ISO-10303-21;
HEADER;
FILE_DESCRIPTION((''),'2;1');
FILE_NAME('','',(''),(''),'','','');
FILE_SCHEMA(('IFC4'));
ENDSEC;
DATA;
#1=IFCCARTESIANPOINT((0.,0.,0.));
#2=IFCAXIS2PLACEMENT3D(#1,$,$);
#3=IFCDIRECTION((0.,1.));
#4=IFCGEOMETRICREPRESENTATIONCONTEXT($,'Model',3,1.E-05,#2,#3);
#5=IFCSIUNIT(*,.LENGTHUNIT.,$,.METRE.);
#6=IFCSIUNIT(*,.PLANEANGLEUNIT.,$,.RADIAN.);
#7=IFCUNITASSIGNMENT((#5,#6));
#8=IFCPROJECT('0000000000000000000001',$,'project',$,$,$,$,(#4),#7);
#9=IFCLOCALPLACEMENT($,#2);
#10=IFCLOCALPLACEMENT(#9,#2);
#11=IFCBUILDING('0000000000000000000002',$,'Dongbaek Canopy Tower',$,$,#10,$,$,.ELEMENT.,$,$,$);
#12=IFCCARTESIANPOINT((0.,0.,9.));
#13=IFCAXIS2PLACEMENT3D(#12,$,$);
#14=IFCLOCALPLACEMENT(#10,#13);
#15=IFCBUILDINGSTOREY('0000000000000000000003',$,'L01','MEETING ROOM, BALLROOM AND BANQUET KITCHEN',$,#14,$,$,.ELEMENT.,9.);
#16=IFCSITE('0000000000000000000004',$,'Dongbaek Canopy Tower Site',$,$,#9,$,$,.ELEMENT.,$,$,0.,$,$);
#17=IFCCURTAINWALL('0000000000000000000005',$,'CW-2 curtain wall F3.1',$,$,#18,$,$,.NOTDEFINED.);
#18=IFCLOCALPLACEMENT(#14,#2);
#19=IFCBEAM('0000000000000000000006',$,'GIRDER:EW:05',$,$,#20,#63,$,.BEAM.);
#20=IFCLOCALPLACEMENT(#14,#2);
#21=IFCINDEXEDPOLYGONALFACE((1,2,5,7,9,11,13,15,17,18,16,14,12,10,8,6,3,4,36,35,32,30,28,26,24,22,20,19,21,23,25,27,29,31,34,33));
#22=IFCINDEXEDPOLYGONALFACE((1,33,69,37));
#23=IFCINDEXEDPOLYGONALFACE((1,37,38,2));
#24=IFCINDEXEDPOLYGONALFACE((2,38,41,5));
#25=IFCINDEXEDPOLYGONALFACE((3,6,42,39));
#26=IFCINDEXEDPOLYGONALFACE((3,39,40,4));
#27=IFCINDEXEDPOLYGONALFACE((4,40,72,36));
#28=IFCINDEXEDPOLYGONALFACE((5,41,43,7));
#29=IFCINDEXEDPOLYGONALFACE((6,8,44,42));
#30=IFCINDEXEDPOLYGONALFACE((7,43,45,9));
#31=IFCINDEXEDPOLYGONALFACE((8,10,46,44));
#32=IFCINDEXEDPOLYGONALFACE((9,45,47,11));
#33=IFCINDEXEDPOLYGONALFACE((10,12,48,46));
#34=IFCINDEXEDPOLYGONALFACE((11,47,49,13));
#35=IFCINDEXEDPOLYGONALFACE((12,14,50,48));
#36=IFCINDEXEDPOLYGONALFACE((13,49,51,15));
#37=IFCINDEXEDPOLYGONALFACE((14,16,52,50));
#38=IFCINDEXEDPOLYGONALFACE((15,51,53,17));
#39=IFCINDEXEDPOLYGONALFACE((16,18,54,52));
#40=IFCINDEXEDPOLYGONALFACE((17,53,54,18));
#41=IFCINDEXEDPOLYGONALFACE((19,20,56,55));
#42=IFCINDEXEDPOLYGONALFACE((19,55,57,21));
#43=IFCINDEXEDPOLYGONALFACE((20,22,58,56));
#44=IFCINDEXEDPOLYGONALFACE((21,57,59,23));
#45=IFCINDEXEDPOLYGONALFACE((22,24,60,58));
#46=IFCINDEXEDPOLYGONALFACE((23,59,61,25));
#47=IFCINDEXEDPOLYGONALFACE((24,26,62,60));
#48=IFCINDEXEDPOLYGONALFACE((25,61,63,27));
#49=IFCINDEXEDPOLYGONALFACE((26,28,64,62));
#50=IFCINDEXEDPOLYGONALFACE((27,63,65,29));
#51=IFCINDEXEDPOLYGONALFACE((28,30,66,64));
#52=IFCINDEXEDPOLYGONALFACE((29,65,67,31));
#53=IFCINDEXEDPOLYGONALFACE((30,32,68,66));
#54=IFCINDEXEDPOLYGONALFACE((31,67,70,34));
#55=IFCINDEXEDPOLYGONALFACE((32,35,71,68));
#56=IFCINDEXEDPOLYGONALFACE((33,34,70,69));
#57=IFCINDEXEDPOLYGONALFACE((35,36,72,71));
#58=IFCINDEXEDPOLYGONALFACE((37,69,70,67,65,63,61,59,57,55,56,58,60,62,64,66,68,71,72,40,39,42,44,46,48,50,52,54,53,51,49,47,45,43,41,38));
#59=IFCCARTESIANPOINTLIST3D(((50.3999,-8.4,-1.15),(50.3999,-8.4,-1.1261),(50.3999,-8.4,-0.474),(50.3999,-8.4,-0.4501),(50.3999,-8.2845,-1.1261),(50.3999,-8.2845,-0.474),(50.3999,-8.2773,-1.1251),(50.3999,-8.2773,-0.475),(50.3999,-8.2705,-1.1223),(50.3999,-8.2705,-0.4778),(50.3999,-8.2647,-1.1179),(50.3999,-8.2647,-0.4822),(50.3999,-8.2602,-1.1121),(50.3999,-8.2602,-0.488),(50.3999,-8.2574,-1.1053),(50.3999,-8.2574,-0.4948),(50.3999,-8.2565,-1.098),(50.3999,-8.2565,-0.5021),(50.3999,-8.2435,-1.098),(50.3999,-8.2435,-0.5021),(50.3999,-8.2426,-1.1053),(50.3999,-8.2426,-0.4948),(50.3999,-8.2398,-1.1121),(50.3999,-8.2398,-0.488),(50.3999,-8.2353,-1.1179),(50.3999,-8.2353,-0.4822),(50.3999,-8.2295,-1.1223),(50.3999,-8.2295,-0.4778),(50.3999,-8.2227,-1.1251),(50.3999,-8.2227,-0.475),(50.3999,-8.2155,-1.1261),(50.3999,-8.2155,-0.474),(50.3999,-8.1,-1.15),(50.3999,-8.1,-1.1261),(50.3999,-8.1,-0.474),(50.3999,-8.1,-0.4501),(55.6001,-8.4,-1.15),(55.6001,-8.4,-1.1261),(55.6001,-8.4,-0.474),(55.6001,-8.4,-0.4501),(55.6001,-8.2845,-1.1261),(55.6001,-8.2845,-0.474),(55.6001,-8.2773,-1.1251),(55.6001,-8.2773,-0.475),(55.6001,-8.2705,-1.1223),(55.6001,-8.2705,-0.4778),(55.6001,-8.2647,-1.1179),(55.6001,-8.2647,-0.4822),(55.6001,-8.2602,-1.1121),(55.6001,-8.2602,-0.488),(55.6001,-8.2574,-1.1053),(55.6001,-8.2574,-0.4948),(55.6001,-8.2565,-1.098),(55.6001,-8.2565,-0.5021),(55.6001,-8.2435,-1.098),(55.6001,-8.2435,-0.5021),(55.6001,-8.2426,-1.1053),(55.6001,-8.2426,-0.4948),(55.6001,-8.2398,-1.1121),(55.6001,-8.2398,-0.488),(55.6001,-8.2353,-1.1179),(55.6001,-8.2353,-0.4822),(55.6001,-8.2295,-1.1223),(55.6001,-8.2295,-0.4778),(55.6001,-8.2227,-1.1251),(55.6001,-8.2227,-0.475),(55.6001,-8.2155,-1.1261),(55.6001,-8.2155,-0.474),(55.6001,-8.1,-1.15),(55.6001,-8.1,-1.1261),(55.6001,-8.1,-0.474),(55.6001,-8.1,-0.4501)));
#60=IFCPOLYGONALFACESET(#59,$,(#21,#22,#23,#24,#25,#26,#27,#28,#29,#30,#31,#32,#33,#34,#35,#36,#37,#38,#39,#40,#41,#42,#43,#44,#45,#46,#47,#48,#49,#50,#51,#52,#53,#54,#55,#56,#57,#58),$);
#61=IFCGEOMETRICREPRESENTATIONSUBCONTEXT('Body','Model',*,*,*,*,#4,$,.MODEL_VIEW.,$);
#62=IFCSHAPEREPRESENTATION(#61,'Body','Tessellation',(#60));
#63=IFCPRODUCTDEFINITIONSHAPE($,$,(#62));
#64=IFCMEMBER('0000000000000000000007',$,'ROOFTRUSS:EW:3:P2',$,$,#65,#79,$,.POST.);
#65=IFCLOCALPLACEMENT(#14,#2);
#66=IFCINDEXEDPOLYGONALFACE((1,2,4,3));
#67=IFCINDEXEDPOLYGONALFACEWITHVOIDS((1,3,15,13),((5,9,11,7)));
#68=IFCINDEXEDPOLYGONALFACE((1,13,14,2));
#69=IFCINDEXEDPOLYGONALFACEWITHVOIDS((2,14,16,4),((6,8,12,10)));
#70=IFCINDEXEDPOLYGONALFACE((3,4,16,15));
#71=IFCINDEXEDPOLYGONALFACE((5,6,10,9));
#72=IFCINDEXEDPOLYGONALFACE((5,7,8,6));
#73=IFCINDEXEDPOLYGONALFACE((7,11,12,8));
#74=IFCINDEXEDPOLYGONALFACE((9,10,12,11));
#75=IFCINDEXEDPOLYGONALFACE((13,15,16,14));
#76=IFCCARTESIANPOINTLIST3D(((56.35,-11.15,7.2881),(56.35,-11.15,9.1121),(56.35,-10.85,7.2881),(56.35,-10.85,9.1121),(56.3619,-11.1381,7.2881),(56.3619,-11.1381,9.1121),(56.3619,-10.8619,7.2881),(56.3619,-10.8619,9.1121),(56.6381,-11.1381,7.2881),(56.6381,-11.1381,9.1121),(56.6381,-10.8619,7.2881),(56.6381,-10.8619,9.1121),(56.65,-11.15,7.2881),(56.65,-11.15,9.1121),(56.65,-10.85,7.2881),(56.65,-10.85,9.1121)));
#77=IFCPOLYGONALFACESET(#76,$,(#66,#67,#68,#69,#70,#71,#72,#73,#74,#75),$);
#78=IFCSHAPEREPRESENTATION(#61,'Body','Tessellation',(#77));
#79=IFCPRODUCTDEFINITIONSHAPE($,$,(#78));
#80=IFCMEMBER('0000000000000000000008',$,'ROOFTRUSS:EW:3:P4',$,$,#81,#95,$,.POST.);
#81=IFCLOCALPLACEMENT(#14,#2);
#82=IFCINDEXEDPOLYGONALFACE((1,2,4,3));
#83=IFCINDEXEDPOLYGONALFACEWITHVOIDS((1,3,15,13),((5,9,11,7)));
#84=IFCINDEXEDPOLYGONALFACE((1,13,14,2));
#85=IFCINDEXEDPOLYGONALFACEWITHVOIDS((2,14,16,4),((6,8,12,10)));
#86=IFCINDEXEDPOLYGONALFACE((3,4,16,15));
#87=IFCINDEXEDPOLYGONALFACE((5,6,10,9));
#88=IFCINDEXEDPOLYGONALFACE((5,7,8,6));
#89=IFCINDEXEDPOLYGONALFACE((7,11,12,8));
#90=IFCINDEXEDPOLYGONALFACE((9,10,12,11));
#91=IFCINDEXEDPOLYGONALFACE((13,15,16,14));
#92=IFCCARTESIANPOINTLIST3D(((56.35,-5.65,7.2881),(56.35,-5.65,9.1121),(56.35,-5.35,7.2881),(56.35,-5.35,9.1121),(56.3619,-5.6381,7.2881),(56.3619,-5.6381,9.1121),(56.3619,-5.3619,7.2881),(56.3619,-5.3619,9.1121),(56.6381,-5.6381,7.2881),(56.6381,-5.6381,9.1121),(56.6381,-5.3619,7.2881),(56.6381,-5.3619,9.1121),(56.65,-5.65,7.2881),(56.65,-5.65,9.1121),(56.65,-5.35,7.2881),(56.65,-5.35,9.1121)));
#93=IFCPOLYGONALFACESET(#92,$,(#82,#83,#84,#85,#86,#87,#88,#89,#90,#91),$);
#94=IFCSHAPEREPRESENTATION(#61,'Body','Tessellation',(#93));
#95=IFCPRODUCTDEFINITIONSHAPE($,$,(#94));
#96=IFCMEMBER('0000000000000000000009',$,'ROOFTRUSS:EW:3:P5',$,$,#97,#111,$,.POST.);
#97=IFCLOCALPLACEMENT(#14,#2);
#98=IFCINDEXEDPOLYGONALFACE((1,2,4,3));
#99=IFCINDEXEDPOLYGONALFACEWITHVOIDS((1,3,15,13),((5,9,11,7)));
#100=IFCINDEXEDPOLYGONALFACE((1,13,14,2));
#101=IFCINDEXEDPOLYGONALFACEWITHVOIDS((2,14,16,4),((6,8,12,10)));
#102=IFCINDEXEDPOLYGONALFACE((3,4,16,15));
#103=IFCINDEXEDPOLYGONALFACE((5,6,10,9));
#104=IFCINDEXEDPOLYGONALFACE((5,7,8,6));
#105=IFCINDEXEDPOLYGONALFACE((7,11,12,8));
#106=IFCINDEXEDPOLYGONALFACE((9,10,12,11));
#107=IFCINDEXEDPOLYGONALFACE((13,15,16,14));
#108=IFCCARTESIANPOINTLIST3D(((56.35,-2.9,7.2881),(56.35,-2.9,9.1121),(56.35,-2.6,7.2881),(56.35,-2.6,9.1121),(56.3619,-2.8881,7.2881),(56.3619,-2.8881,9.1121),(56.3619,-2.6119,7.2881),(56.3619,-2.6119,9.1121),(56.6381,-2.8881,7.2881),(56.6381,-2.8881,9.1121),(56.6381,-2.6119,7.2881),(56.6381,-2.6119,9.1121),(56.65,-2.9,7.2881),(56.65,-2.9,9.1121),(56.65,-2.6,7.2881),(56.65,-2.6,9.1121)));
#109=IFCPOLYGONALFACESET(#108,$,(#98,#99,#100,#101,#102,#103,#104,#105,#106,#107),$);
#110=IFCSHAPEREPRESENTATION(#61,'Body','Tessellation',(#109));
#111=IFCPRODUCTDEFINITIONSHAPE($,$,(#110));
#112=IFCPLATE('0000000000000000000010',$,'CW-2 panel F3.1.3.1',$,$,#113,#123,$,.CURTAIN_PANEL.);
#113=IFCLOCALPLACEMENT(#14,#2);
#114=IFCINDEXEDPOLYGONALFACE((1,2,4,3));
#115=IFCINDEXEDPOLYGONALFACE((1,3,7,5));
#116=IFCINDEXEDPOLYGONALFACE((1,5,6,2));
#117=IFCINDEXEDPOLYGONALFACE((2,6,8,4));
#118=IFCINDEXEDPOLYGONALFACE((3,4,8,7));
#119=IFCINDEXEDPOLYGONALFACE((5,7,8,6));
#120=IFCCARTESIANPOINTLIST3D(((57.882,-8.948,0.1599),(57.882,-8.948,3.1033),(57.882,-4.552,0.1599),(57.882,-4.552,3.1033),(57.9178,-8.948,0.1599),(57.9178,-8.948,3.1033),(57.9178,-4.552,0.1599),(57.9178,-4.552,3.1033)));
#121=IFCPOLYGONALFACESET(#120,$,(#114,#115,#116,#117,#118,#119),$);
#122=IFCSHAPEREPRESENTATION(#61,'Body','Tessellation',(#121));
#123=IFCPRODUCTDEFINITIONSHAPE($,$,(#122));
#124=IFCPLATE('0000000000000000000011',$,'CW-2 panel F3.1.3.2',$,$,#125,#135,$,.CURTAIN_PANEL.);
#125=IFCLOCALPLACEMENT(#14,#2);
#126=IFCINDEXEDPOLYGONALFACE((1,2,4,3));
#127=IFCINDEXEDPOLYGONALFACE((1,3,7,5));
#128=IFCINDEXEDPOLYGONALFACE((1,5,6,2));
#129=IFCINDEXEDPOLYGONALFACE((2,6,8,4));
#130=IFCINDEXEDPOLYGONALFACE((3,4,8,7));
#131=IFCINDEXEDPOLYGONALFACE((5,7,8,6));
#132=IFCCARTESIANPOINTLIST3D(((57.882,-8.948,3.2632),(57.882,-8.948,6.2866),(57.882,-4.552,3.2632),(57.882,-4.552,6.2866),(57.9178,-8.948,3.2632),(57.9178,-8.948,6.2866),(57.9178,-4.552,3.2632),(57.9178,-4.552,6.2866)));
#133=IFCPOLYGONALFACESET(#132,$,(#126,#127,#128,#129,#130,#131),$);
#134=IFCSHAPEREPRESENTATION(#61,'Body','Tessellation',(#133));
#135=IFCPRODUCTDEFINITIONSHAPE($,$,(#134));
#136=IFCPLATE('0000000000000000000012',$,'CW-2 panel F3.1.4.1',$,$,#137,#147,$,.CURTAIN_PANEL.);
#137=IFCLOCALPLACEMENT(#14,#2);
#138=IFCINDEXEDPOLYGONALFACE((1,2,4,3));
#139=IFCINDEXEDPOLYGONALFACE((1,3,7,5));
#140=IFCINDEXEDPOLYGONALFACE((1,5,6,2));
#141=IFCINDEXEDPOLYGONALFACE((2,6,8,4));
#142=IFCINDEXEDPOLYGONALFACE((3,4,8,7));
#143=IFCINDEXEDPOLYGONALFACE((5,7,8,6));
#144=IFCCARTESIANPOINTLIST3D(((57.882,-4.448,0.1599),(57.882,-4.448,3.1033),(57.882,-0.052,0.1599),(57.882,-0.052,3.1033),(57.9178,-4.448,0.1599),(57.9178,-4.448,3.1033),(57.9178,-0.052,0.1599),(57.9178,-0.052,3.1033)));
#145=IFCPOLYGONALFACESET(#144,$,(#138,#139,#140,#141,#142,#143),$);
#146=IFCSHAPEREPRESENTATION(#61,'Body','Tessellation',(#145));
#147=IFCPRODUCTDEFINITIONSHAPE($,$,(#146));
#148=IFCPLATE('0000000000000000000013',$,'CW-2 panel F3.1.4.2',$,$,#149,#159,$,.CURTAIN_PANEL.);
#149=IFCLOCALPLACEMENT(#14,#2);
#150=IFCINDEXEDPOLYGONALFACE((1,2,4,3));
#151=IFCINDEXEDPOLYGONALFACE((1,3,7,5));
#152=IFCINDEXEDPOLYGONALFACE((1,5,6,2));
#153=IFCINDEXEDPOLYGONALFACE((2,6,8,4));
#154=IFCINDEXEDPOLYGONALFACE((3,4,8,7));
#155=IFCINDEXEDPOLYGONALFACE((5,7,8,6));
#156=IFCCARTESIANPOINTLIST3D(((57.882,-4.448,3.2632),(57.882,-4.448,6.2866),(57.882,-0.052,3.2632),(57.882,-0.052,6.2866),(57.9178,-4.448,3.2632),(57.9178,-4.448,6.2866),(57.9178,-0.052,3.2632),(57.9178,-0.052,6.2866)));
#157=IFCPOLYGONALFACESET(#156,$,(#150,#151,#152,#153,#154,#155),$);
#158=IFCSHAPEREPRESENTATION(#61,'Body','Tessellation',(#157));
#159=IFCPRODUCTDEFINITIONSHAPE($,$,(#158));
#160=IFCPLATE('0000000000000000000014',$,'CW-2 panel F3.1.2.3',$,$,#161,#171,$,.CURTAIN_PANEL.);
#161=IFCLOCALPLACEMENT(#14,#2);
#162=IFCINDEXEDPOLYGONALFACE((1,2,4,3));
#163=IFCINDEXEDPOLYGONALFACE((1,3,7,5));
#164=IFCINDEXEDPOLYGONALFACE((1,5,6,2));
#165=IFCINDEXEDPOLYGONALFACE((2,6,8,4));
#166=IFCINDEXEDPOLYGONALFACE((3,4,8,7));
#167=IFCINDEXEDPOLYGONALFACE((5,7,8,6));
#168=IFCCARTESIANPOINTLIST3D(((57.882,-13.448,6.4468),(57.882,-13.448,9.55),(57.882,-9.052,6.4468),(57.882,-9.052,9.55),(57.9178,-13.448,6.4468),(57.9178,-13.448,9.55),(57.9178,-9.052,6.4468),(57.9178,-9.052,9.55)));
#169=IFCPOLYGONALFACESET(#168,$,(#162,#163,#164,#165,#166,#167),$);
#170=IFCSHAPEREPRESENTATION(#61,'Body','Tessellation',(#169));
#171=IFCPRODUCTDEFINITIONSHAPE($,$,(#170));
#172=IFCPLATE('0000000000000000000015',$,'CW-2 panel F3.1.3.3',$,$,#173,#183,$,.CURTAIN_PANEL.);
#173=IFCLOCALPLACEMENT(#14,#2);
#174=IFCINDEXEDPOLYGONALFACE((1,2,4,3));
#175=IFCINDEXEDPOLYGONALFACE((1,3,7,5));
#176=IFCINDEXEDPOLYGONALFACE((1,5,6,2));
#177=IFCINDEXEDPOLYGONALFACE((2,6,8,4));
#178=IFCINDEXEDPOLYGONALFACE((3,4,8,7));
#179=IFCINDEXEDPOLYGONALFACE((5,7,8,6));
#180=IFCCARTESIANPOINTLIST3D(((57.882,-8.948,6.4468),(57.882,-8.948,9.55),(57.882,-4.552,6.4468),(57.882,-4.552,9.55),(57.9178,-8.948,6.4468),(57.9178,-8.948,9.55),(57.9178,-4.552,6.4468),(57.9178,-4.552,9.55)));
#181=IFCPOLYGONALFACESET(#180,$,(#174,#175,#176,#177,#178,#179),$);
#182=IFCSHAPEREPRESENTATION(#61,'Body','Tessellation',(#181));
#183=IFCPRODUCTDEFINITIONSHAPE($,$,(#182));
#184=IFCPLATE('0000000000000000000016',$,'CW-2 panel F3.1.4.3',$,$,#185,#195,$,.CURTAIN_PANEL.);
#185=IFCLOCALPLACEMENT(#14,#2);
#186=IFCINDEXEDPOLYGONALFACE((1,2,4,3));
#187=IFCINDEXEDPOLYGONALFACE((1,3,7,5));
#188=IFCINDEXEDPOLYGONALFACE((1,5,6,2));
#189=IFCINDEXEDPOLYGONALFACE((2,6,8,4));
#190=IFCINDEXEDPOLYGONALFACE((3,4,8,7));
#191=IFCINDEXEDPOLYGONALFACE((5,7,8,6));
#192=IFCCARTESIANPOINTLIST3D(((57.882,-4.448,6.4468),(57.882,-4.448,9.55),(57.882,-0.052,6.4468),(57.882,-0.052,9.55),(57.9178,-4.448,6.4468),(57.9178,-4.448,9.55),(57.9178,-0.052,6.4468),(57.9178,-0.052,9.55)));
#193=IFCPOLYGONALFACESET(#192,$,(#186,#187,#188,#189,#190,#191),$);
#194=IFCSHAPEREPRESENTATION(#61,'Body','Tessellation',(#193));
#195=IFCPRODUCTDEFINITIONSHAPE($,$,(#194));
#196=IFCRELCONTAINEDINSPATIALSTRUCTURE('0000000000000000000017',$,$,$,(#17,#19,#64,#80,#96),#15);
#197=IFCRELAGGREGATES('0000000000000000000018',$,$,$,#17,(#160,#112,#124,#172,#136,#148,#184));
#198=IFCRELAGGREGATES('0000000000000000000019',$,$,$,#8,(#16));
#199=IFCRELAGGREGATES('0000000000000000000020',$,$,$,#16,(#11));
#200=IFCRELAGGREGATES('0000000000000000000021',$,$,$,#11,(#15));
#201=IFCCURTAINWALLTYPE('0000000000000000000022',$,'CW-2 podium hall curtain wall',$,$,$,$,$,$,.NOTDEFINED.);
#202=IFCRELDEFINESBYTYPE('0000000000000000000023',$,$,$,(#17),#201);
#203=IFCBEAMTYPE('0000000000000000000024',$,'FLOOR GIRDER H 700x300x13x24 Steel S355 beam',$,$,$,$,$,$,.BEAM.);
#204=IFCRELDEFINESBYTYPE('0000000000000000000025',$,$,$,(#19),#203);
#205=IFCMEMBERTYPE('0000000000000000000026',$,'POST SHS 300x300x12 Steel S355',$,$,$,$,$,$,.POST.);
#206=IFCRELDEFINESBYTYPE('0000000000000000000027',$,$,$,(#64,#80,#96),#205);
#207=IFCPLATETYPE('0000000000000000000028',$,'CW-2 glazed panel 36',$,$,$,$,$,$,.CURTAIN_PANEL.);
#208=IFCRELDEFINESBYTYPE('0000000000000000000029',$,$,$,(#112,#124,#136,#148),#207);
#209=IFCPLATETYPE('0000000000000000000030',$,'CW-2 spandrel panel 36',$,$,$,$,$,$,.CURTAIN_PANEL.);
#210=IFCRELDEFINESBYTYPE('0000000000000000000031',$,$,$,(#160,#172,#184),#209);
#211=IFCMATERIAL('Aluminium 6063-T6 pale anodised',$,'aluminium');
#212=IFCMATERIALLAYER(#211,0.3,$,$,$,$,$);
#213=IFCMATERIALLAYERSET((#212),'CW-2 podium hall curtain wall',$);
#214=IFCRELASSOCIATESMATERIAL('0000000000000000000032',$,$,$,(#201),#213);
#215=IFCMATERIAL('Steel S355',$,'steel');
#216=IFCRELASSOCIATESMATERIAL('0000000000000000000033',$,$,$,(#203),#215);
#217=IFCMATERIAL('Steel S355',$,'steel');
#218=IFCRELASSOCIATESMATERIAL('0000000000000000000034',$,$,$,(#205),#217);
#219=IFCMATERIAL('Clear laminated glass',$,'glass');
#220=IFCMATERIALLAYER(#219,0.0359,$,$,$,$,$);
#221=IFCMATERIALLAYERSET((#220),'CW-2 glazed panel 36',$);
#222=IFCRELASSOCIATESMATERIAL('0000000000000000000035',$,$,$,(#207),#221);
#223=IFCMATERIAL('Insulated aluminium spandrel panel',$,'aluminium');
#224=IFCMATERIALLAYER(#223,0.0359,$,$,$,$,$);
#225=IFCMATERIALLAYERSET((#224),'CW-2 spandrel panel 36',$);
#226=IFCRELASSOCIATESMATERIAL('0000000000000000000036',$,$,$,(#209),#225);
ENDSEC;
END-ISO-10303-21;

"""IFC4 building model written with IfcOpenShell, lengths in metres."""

from ifc_helpers import new_model, si_unit, direction, frame, origin, origin_2d, place, context, subcontext, project, spatial, rectangle, hollow_rectangle, i_section, extrude, material, layer, layer_set, material_profile, profile_set, type_object, element, aggregate, save


model = new_model("IFC4")

# Units and contexts
model_context = context("Model", 3, precision=1e-05, world=origin(), true_north=direction((0.0, 1.0)))
body_context = subcontext(model_context, "Body", "Model", "MODEL_VIEW")
ifc_project = project(units=[si_unit("LENGTHUNIT", "METRE"), si_unit("PLANEANGLEUNIT", "RADIAN")], contexts=[model_context])

# Site, building, storey
site_placement = place(None, origin())
site = spatial("IfcSite", under=ifc_project, at=site_placement, Name="Dongbaek Canopy Tower Site", CompositionType="ELEMENT", RefElevation=0.0)
building_placement = place(site_placement, origin())
building = spatial("IfcBuilding", under=site, at=building_placement, Name="Dongbaek Canopy Tower", CompositionType="ELEMENT")
storey_placement = place(building_placement, frame((0.0, 0.0, 9.0)))
storey = spatial("IfcBuildingStorey", under=building, at=storey_placement, Name="L01", Description="MEETING ROOM, BALLROOM AND BANQUET KITCHEN", CompositionType="ELEMENT", Elevation=9.0)

# Curtain wall
ifc_material_1 = material(Name="Aluminium 6063-T6 pale anodised", Category="aluminium")
ifc_layer_1 = layer(ifc_material_1, 0.3)
ifc_layer_set_1 = layer_set([ifc_layer_1], Name="CW-2 podium hall curtain wall")
curtain_wall_type = type_object("IfcCurtainWallType", Name="CW-2 podium hall curtain wall", PredefinedType="NOTDEFINED", material=ifc_layer_set_1)
curtain_wall_placement = place(storey_placement, origin())
curtain_wall = element("IfcCurtainWall", 1, at=curtain_wall_placement, inside=storey, type_object=curtain_wall_type, Name="CW-2 curtain wall F3.1", PredefinedType="NOTDEFINED")

# Beam
ifc_material_2 = material(Name="Steel S355", Category="steel")
ifc_material_profile_1 = material_profile(ifc_material_2, i_section(OverallWidth=0.3, OverallDepth=0.7, WebThickness=0.0129, FlangeThickness=0.0239, FilletRadius=0.0281, at=origin_2d()), Name="FLOOR GIRDER H 700x300x13x24 Steel S355 beam")
ifc_profile_set_1 = profile_set([ifc_material_profile_1], Name="Steel S355")
beam_type = type_object("IfcBeamType", Name="FLOOR GIRDER H 700x300x13x24 Steel S355 beam", PredefinedType="BEAM", material=ifc_profile_set_1)
beam_placement = place(storey_placement, frame((50.3999, -8.25, -0.8), z_axis=(1.0, 0.0, 0.0), x_axis=(0.0, 1.0, 0.0)))
element("IfcBeam", 2, at=beam_placement, inside=storey, type_object=beam_type, Name="GIRDER:EW:05", PredefinedType="BEAM", context=body_context, shape_type="SweptSolid", body=[
    extrude(i_section(OverallWidth=0.3, OverallDepth=0.7, WebThickness=0.0129, FlangeThickness=0.0239, FilletRadius=0.0281, at=origin_2d()), origin(), (0.0, 0.0, 1.0), 5.2002),
])

# Members
ifc_material_3 = material(Name="Steel S355", Category="steel")
ifc_material_profile_2 = material_profile(ifc_material_3, hollow_rectangle(XDim=0.3, YDim=0.3, WallThickness=0.012, at=origin_2d()), Name="POST SHS 300x300x12 Steel S355")
ifc_profile_set_2 = profile_set([ifc_material_profile_2], Name="Steel S355")
member_type_1 = type_object("IfcMemberType", Name="POST SHS 300x300x12 Steel S355", PredefinedType="POST", material=ifc_profile_set_2)
for number, where, z_axis, x_axis, name in (
    (3, (56.5, -11.0, 7.2881), (0.0, 0.0, 1.0), (1.0, 0.0, 0.0), "ROOFTRUSS:EW:3:P2"),
    (4, (56.5, -5.5, 7.2881), (0.0, 0.0, 1.0), (1.0, 0.0, 0.0), "ROOFTRUSS:EW:3:P4"),
    (5, (56.5, -2.75, 7.2881), (0.0, 0.0, 1.0), (1.0, 0.0, 0.0), "ROOFTRUSS:EW:3:P5"),
):
    element("IfcMember", number, at=place(storey_placement, frame(where, z_axis=z_axis, x_axis=x_axis)), inside=storey, type_object=member_type_1, Name=name, PredefinedType="POST", context=body_context, shape_type="SweptSolid", body=[
        extrude(hollow_rectangle(XDim=0.3, YDim=0.3, WallThickness=0.012, at=origin_2d()), origin(), (0.0, 0.0, 1.0), 1.824),
    ])

# Plates
ifc_material_4 = material(Name="Clear laminated glass", Category="glass")
ifc_layer_2 = layer(ifc_material_4, 0.0359)
ifc_layer_set_2 = layer_set([ifc_layer_2], Name="CW-2 glazed panel 36")
plate_type_1 = type_object("IfcPlateType", Name="CW-2 glazed panel 36", PredefinedType="CURTAIN_PANEL", material=ifc_layer_set_2)
plate_1_placement = place(storey_placement, frame((57.8999, -6.75, 0.1599), z_axis=(0.0, 0.0, 1.0), x_axis=(0.0, 1.0, 0.0)))
plate_1 = element("IfcPlate", 6, at=plate_1_placement, type_object=plate_type_1, Name="CW-2 panel F3.1.3.1", PredefinedType="CURTAIN_PANEL", context=body_context, shape_type="SweptSolid", body=[
    extrude(rectangle(XDim=4.396, YDim=0.0359, at=origin_2d()), origin(), (0.0, 0.0, 1.0), 2.9434),
])
plate_2_placement = place(storey_placement, frame((57.8999, -6.75, 3.2632), z_axis=(0.0, 0.0, 1.0), x_axis=(0.0, 1.0, 0.0)))
plate_2 = element("IfcPlate", 7, at=plate_2_placement, type_object=plate_type_1, Name="CW-2 panel F3.1.3.2", PredefinedType="CURTAIN_PANEL", context=body_context, shape_type="SweptSolid", body=[
    extrude(rectangle(XDim=4.396, YDim=0.0359, at=origin_2d()), origin(), (0.0, 0.0, 1.0), 3.0234),
])
plate_3_placement = place(storey_placement, frame((57.8999, -2.25, 0.1599), z_axis=(0.0, 0.0, 1.0), x_axis=(0.0, 1.0, 0.0)))
plate_3 = element("IfcPlate", 8, at=plate_3_placement, type_object=plate_type_1, Name="CW-2 panel F3.1.4.1", PredefinedType="CURTAIN_PANEL", context=body_context, shape_type="SweptSolid", body=[
    extrude(rectangle(XDim=4.396, YDim=0.0359, at=origin_2d()), origin(), (0.0, 0.0, 1.0), 2.9434),
])
plate_4_placement = place(storey_placement, frame((57.8999, -2.25, 3.2632), z_axis=(0.0, 0.0, 1.0), x_axis=(0.0, 1.0, 0.0)))
plate_4 = element("IfcPlate", 9, at=plate_4_placement, type_object=plate_type_1, Name="CW-2 panel F3.1.4.2", PredefinedType="CURTAIN_PANEL", context=body_context, shape_type="SweptSolid", body=[
    extrude(rectangle(XDim=4.396, YDim=0.0359, at=origin_2d()), origin(), (0.0, 0.0, 1.0), 3.0234),
])
ifc_material_5 = material(Name="Insulated aluminium spandrel panel", Category="aluminium")
ifc_layer_3 = layer(ifc_material_5, 0.0359)
ifc_layer_set_3 = layer_set([ifc_layer_3], Name="CW-2 spandrel panel 36")
plate_type_2 = type_object("IfcPlateType", Name="CW-2 spandrel panel 36", PredefinedType="CURTAIN_PANEL", material=ifc_layer_set_3)
plate_5_placement = place(storey_placement, frame((57.8999, -11.25, 6.4468), z_axis=(0.0, 0.0, 1.0), x_axis=(0.0, 1.0, 0.0)))
plate_5 = element("IfcPlate", 10, at=plate_5_placement, type_object=plate_type_2, Name="CW-2 panel F3.1.2.3", PredefinedType="CURTAIN_PANEL", context=body_context, shape_type="SweptSolid", body=[
    extrude(rectangle(XDim=4.396, YDim=0.0359, at=origin_2d()), origin(), (0.0, 0.0, 1.0), 3.1033),
])
plate_6_placement = place(storey_placement, frame((57.8999, -6.75, 6.4468), z_axis=(0.0, 0.0, 1.0), x_axis=(0.0, 1.0, 0.0)))
plate_6 = element("IfcPlate", 11, at=plate_6_placement, type_object=plate_type_2, Name="CW-2 panel F3.1.3.3", PredefinedType="CURTAIN_PANEL", context=body_context, shape_type="SweptSolid", body=[
    extrude(rectangle(XDim=4.396, YDim=0.0359, at=origin_2d()), origin(), (0.0, 0.0, 1.0), 3.1033),
])
plate_7_placement = place(storey_placement, frame((57.8999, -2.25, 6.4468), z_axis=(0.0, 0.0, 1.0), x_axis=(0.0, 1.0, 0.0)))
plate_7 = element("IfcPlate", 12, at=plate_7_placement, type_object=plate_type_2, Name="CW-2 panel F3.1.4.3", PredefinedType="CURTAIN_PANEL", context=body_context, shape_type="SweptSolid", body=[
    extrude(rectangle(XDim=4.396, YDim=0.0359, at=origin_2d()), origin(), (0.0, 0.0, 1.0), 3.1033),
])
aggregate(curtain_wall, [plate_5, plate_1, plate_2, plate_6, plate_3, plate_4, plate_7])

save(model, "model.ifc")
